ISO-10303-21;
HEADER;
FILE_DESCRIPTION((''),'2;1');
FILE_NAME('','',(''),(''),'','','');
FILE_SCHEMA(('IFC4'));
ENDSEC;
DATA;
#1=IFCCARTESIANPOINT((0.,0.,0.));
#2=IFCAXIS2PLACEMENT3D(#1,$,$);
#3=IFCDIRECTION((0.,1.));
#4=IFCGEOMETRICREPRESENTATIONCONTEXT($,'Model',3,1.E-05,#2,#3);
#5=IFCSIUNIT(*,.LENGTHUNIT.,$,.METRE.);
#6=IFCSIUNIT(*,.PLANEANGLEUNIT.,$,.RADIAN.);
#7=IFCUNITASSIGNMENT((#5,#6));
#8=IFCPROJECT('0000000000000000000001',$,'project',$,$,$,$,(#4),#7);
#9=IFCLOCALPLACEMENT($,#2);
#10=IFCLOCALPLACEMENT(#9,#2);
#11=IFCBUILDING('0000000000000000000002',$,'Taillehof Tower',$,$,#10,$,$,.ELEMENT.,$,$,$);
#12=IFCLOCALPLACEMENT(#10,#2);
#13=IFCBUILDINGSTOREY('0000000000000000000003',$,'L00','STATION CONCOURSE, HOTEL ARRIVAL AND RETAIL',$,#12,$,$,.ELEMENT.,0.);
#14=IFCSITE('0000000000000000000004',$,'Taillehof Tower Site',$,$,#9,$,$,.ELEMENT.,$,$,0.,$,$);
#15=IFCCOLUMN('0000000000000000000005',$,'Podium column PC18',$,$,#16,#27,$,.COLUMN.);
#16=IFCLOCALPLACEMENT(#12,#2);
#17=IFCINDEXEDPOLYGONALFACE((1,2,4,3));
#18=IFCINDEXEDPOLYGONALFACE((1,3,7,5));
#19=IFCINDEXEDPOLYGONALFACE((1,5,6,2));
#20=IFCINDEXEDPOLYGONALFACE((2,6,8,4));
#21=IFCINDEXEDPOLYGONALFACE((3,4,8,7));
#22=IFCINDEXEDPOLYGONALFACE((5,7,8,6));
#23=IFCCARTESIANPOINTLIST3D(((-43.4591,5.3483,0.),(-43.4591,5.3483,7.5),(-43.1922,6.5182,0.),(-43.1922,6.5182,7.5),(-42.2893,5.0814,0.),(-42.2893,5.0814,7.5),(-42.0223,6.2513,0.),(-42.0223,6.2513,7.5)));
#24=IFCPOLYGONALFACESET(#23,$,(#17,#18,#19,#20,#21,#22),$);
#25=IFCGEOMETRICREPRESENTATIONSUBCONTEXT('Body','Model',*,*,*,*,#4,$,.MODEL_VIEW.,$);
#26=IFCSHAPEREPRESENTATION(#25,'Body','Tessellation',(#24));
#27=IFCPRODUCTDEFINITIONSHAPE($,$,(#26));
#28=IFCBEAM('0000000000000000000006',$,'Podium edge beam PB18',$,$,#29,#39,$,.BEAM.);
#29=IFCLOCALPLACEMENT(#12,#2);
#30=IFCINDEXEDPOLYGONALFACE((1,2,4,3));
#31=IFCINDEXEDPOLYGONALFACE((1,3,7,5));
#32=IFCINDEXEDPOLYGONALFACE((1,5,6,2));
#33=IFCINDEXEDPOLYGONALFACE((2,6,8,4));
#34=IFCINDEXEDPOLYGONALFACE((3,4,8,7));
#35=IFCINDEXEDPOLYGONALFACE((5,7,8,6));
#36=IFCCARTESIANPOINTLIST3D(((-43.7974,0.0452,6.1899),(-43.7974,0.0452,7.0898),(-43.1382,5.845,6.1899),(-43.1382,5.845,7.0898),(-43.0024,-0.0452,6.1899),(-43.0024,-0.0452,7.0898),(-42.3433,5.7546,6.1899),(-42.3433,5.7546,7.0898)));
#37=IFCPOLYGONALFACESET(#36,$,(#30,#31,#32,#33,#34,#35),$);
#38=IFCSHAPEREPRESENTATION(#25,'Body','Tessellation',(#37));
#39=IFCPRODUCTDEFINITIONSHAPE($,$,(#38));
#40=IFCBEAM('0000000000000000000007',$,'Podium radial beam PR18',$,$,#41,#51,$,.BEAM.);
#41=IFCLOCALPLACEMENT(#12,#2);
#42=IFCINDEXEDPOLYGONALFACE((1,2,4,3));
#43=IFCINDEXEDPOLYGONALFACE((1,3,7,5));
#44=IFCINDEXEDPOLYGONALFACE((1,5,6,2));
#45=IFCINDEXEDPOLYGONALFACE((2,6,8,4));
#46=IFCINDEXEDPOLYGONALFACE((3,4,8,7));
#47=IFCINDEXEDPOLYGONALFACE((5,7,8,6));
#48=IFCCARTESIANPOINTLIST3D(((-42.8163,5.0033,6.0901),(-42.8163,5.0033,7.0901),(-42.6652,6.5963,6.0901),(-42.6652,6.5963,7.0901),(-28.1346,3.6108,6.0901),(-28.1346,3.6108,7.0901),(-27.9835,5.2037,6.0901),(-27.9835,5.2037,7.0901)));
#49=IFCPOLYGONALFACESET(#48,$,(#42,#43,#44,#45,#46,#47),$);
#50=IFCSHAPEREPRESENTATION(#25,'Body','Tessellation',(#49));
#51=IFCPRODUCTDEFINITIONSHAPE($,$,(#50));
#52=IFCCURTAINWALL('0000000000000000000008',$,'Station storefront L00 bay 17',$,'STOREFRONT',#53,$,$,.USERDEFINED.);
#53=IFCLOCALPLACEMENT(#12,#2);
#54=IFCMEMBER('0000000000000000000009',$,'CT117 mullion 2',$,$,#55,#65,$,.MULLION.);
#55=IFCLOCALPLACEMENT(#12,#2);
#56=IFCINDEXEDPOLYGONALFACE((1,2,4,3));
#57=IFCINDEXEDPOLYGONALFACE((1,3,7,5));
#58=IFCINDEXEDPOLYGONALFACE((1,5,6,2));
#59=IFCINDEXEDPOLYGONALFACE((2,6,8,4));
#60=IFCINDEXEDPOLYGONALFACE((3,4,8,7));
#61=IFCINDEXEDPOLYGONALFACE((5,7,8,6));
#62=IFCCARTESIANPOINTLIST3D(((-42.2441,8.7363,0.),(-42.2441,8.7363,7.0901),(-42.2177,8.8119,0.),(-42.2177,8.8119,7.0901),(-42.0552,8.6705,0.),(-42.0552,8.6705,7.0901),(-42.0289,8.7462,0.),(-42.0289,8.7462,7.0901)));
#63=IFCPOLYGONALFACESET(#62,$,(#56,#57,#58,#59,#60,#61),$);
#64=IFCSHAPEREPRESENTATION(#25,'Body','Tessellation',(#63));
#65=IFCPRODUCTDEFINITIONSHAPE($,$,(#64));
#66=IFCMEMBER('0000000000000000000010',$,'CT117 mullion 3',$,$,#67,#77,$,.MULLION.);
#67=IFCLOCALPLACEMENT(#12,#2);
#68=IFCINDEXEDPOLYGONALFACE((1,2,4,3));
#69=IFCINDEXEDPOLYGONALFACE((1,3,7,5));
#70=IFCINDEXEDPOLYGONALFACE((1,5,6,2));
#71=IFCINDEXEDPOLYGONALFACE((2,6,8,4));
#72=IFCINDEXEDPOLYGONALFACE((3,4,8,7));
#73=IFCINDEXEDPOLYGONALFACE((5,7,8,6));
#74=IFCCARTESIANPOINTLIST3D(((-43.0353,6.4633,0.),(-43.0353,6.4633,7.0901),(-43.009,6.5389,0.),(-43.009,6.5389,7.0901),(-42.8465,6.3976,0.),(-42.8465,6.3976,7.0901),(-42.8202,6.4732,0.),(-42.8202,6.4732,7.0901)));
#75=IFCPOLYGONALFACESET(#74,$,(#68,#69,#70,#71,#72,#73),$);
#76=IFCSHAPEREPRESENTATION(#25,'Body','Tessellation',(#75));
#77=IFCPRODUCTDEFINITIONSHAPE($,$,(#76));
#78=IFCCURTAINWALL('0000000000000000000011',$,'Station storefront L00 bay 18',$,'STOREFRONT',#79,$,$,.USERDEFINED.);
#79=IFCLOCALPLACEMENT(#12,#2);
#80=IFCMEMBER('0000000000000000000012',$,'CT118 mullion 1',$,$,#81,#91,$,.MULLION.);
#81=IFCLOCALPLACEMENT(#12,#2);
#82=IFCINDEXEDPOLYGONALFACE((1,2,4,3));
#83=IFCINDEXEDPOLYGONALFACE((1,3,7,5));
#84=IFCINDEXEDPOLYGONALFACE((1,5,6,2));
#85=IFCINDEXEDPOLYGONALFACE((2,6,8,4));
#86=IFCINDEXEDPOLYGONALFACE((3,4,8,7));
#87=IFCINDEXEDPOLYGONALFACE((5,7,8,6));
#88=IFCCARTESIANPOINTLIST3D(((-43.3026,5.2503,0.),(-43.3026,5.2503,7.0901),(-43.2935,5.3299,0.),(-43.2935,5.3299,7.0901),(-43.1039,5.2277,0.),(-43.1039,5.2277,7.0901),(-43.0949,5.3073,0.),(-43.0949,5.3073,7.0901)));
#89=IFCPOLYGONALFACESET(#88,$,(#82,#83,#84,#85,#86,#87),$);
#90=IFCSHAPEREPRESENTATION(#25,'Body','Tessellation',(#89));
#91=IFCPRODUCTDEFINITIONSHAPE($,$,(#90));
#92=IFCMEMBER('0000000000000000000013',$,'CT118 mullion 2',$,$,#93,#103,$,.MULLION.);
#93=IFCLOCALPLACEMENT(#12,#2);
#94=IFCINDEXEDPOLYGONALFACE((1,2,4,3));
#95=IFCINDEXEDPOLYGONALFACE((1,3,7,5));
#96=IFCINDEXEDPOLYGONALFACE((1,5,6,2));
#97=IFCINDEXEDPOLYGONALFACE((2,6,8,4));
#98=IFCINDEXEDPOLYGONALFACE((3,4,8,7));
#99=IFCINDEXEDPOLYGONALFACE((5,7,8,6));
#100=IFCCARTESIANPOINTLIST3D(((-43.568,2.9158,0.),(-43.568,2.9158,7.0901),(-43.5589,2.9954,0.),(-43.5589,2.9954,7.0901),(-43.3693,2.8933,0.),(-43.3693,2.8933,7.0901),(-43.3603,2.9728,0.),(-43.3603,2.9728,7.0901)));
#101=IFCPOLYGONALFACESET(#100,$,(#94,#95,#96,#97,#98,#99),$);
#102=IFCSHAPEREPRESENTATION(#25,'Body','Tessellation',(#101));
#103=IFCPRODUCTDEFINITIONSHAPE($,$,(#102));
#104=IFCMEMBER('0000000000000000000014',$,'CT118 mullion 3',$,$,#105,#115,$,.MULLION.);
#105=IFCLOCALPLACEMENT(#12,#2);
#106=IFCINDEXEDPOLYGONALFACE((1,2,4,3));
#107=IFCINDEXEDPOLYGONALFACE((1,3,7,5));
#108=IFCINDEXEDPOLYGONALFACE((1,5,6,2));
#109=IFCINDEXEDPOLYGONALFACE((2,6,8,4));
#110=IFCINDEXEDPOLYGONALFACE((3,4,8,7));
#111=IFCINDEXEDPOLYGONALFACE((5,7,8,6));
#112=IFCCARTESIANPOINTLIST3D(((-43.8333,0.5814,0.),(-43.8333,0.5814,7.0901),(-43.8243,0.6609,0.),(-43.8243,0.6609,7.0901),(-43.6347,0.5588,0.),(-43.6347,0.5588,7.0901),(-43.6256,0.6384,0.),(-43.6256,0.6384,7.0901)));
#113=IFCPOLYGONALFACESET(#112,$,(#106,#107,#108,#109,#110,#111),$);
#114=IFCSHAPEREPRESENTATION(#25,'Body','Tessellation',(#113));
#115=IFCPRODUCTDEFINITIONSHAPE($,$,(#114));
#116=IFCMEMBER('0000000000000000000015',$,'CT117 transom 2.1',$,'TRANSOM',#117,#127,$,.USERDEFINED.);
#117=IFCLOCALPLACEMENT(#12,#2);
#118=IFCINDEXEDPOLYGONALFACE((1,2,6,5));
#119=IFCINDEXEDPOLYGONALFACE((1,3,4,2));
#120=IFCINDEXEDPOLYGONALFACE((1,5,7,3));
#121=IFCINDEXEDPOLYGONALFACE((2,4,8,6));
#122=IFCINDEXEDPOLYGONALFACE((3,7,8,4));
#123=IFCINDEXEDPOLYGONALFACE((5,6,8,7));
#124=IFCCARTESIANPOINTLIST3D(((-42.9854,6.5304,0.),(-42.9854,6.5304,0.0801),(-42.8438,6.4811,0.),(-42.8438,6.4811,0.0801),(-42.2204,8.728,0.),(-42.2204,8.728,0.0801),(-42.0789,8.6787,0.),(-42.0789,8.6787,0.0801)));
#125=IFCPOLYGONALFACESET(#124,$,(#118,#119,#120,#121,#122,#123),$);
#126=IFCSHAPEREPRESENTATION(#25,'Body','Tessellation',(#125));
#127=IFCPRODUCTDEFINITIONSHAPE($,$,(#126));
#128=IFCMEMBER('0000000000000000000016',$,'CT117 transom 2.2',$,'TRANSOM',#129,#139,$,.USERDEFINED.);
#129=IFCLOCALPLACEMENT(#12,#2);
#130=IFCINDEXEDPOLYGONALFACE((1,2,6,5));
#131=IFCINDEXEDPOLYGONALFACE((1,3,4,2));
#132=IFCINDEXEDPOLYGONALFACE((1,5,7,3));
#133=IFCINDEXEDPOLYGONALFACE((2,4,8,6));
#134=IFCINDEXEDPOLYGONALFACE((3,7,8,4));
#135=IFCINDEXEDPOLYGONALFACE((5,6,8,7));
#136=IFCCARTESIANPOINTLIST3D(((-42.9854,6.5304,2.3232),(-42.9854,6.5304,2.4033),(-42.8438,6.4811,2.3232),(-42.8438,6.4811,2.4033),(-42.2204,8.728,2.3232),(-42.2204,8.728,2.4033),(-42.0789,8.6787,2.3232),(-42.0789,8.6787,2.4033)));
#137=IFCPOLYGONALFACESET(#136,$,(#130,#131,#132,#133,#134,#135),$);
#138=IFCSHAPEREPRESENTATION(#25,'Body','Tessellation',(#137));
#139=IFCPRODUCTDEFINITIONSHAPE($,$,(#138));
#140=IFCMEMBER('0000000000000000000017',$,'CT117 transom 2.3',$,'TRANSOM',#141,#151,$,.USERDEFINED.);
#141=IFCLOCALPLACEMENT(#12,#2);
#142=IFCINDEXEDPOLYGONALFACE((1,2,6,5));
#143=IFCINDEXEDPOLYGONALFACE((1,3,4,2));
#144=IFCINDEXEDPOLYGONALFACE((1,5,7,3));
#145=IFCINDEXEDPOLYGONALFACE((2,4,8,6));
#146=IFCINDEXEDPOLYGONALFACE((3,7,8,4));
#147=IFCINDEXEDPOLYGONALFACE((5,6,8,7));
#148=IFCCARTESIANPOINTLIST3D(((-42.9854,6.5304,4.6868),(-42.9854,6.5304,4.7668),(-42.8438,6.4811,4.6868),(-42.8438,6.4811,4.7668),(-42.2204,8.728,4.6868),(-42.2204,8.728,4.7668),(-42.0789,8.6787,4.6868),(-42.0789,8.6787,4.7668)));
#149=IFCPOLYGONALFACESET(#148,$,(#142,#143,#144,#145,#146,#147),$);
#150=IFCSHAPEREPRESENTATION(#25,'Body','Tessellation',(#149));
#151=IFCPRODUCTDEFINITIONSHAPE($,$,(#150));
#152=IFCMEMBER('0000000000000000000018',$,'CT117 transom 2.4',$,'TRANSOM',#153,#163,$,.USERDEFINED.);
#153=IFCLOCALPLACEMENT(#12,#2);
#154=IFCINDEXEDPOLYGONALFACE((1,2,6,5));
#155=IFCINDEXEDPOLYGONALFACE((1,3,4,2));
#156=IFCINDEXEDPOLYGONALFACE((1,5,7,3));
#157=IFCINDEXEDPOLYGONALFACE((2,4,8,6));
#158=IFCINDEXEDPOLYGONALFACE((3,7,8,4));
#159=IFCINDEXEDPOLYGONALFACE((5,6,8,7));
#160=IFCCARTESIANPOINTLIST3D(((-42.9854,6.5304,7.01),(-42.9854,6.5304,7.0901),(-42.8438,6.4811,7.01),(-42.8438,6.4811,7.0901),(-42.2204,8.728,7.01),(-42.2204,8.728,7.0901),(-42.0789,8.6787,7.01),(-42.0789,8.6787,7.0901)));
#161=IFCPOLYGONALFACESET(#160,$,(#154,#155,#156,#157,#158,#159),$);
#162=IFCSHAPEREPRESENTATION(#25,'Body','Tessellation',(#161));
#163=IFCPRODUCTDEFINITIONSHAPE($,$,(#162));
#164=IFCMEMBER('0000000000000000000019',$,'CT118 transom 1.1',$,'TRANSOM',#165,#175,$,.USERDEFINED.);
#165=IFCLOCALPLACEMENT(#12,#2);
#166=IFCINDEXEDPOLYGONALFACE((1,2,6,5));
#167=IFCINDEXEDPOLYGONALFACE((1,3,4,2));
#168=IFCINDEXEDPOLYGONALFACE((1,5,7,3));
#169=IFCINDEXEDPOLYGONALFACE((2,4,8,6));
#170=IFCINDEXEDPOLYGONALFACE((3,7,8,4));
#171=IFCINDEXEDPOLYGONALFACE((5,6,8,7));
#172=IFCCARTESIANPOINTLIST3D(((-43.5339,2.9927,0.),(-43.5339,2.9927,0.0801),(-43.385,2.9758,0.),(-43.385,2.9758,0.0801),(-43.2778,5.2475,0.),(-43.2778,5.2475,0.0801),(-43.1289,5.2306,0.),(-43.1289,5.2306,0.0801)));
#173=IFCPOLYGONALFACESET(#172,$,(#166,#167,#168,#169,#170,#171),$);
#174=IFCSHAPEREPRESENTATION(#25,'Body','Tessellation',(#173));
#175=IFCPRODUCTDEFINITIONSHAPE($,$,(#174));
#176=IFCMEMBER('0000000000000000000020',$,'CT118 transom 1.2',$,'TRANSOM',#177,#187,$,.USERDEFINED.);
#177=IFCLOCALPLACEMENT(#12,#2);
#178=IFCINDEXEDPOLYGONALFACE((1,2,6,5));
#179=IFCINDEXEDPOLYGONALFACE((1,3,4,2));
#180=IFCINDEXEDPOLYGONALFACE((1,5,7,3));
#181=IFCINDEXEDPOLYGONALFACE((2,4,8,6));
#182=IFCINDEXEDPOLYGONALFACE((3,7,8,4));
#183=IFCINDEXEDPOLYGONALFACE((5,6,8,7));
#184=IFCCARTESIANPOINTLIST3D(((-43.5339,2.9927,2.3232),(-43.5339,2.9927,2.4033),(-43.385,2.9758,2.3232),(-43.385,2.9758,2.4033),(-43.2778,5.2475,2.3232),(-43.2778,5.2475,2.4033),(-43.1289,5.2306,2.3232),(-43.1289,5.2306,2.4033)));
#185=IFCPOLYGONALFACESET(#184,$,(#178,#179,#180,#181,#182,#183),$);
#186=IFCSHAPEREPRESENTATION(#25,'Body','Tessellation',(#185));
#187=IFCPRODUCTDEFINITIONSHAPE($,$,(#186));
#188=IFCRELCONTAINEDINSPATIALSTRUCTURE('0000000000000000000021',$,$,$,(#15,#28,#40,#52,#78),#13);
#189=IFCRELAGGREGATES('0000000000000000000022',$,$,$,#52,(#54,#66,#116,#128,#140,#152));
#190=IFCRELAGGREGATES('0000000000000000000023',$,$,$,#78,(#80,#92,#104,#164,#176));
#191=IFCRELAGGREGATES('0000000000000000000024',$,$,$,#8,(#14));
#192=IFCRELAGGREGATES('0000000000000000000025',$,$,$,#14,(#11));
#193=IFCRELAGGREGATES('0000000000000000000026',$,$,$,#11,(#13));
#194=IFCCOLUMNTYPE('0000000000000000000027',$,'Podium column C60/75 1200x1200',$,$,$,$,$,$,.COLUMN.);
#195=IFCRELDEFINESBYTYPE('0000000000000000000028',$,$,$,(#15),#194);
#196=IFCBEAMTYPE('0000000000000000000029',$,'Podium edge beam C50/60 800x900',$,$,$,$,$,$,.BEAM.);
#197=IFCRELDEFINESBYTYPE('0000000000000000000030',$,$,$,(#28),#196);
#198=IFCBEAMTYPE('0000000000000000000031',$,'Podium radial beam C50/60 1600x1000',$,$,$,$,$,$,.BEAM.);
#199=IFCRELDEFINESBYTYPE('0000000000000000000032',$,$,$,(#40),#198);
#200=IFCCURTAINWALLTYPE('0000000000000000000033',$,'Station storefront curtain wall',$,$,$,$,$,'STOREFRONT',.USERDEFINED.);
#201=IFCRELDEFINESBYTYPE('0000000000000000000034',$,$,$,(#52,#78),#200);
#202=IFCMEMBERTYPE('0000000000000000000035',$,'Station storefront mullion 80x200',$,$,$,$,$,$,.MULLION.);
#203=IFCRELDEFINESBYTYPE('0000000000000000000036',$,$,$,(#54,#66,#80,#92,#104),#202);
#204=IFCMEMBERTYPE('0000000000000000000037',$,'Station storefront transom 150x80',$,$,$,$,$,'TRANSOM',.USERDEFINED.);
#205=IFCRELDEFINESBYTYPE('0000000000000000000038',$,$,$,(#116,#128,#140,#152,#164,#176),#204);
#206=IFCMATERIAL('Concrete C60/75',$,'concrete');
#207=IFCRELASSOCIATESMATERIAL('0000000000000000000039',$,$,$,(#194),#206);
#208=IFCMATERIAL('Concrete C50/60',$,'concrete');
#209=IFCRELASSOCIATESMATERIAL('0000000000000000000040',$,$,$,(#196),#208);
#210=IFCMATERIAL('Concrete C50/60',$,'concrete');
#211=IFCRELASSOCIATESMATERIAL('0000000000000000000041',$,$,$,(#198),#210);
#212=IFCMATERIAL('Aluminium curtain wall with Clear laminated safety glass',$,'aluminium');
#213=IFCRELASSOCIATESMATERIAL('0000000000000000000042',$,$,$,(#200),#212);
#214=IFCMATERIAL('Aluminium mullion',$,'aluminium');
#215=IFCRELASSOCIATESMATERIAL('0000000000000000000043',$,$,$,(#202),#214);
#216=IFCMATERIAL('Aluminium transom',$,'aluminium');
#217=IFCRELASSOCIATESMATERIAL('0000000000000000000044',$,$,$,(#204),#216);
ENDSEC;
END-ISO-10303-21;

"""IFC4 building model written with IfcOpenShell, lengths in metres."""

from ifc_helpers import new_model, si_unit, direction, frame, origin, origin_2d, place, context, subcontext, project, spatial, rectangle, extrude, material, material_profile, profile_set, type_object, element, aggregate, save


model = new_model("IFC4")

# Units and contexts
model_context = context("Model", 3, precision=1e-05, world=origin(), true_north=direction((0.0, 1.0)))
body_context = subcontext(model_context, "Body", "Model", "MODEL_VIEW")
ifc_project = project(units=[si_unit("LENGTHUNIT", "METRE"), si_unit("PLANEANGLEUNIT", "RADIAN")], contexts=[model_context])

# Site, building, storey
site_placement = place(None, origin())
site = spatial("IfcSite", under=ifc_project, at=site_placement, Name="Taillehof Tower Site", CompositionType="ELEMENT", RefElevation=0.0)
building_placement = place(site_placement, origin())
building = spatial("IfcBuilding", under=site, at=building_placement, Name="Taillehof Tower", CompositionType="ELEMENT")
storey_placement = place(building_placement, origin())
storey = spatial("IfcBuildingStorey", under=building, at=storey_placement, Name="L00", Description="STATION CONCOURSE, HOTEL ARRIVAL AND RETAIL", CompositionType="ELEMENT", Elevation=0.0)

# Column
ifc_material_1 = material(Name="Concrete C60/75", Category="concrete")
ifc_material_profile_1 = material_profile(ifc_material_1, rectangle(XDim=1.2, YDim=1.2, at=origin_2d()), Name="RC 1200x1200")
ifc_profile_set_1 = profile_set([ifc_material_profile_1], Name="Concrete C60/75")
column_type = type_object("IfcColumnType", Name="Podium column C60/75 1200x1200", PredefinedType="COLUMN", material=ifc_profile_set_1)
column_placement = place(storey_placement, frame((-42.7407, 5.7998, 0.0), z_axis=(0.0, 0.0, 1.0), x_axis=(-0.97494, 0.222469, 0.0)))
element("IfcColumn", 1, at=column_placement, inside=storey, type_object=column_type, Name="Podium column PC18", PredefinedType="COLUMN", context=body_context, shape_type="SweptSolid", body=[
    extrude(rectangle(XDim=1.2, YDim=1.2, at=origin_2d()), origin(), (0.0, 0.0, 1.0), 7.5),
])

# Beams
ifc_material_2 = material(Name="Concrete C50/60", Category="concrete")
ifc_material_profile_2 = material_profile(ifc_material_2, rectangle(XDim=0.8, YDim=0.8999, at=origin_2d()), Name="RC 800x900")
ifc_profile_set_2 = profile_set([ifc_material_profile_2], Name="Concrete C50/60")
beam_type_1 = type_object("IfcBeamType", Name="Podium edge beam C50/60 800x900", PredefinedType="BEAM", material=ifc_profile_set_2)
beam_1_placement = place(storey_placement, frame((-42.7407, 5.7998, 6.6399), z_axis=(-0.112928, -0.993603, 0.0), x_axis=(0.993603, -0.112928, 0.0)))
element("IfcBeam", 2, at=beam_1_placement, inside=storey, type_object=beam_type_1, Name="Podium edge beam PB18", PredefinedType="BEAM", context=body_context, shape_type="SweptSolid", body=[
    extrude(rectangle(XDim=0.8, YDim=0.8999, at=origin_2d()), origin(), (0.0, 0.0, 1.0), 5.8372),
])
ifc_material_3 = material(Name="Concrete C50/60", Category="concrete")
ifc_material_profile_3 = material_profile(ifc_material_3, rectangle(XDim=1.6001, YDim=1.0, at=origin_2d()), Name="RC 1600x1000")
ifc_profile_set_3 = profile_set([ifc_material_profile_3], Name="Concrete C50/60")
beam_type_2 = type_object("IfcBeamType", Name="Podium radial beam C50/60 1600x1000", PredefinedType="BEAM", material=ifc_profile_set_3)
beam_2_placement = place(storey_placement, frame((-42.7407, 5.7998, 6.5901), z_axis=(0.995532, -0.094428, 0.0), x_axis=(0.094428, 0.995532, 0.0)))
element("IfcBeam", 3, at=beam_2_placement, inside=storey, type_object=beam_type_2, Name="Podium radial beam PR18", PredefinedType="BEAM", context=body_context, shape_type="SweptSolid", body=[
    extrude(rectangle(XDim=1.6001, YDim=1.0, at=origin_2d()), origin(), (0.0, 0.0, 1.0), 14.7476),
])

# Curtain walls, members
ifc_material_4 = material(Name="Aluminium curtain wall with Clear laminated safety glass", Category="aluminium")
curtain_wall_type = type_object("IfcCurtainWallType", Name="Station storefront curtain wall", ElementType="STOREFRONT", PredefinedType="USERDEFINED", material=ifc_material_4)
curtain_wall_1_placement = place(storey_placement, origin())
curtain_wall_1 = element("IfcCurtainWall", 4, at=curtain_wall_1_placement, inside=storey, type_object=curtain_wall_type, Name="Station storefront L00 bay 17", ObjectType="STOREFRONT", PredefinedType="USERDEFINED")
ifc_material_5 = material(Name="Aluminium mullion", Category="aluminium")
ifc_material_profile_4 = material_profile(ifc_material_5, rectangle(XDim=0.2, YDim=0.0801, at=origin_2d()), Name="AL 80x200")
ifc_profile_set_4 = profile_set([ifc_material_profile_4], Name="Aluminium mullion")
member_type_1 = type_object("IfcMemberType", Name="Station storefront mullion 80x200", PredefinedType="MULLION", material=ifc_profile_set_4)
member_1_placement = place(storey_placement, frame((-42.1365, 8.7412, 0.0), z_axis=(0.0, 0.0, 1.0), x_axis=(0.944414, -0.328758, 0.0)))
member_1 = element("IfcMember", 5, at=member_1_placement, type_object=member_type_1, Name="CT117 mullion 2", PredefinedType="MULLION", context=body_context, shape_type="SweptSolid", body=[
    extrude(rectangle(XDim=0.2, YDim=0.0801, at=origin_2d()), origin(), (0.0, 0.0, 1.0), 7.0901),
])
member_2_placement = place(storey_placement, frame((-42.9277, 6.4683, 0.0), z_axis=(0.0, 0.0, 1.0), x_axis=(0.944414, -0.328758, 0.0)))
member_2 = element("IfcMember", 6, at=member_2_placement, type_object=member_type_1, Name="CT117 mullion 3", PredefinedType="MULLION", context=body_context, shape_type="SweptSolid", body=[
    extrude(rectangle(XDim=0.2, YDim=0.0801, at=origin_2d()), origin(), (0.0, 0.0, 1.0), 7.0901),
])
curtain_wall_2_placement = place(storey_placement, origin())
curtain_wall_2 = element("IfcCurtainWall", 7, at=curtain_wall_2_placement, inside=storey, type_object=curtain_wall_type, Name="Station storefront L00 bay 18", ObjectType="STOREFRONT", PredefinedType="USERDEFINED")
member_3_placement = place(storey_placement, frame((-43.1987, 5.2788, 0.0), z_axis=(0.0, 0.0, 1.0), x_axis=(0.993603, -0.112932, 0.0)))
member_3 = element("IfcMember", 8, at=member_3_placement, type_object=member_type_1, Name="CT118 mullion 1", PredefinedType="MULLION", context=body_context, shape_type="SweptSolid", body=[
    extrude(rectangle(XDim=0.2, YDim=0.0801, at=origin_2d()), origin(), (0.0, 0.0, 1.0), 7.0901),
])
member_4_placement = place(storey_placement, frame((-43.4641, 2.9443, 0.0), z_axis=(0.0, 0.0, 1.0), x_axis=(0.993603, -0.112932, 0.0)))
member_4 = element("IfcMember", 9, at=member_4_placement, type_object=member_type_1, Name="CT118 mullion 2", PredefinedType="MULLION", context=body_context, shape_type="SweptSolid", body=[
    extrude(rectangle(XDim=0.2, YDim=0.0801, at=origin_2d()), origin(), (0.0, 0.0, 1.0), 7.0901),
])
member_5_placement = place(storey_placement, frame((-43.7295, 0.6099, 0.0), z_axis=(0.0, 0.0, 1.0), x_axis=(0.993603, -0.112932, 0.0)))
member_5 = element("IfcMember", 10, at=member_5_placement, type_object=member_type_1, Name="CT118 mullion 3", PredefinedType="MULLION", context=body_context, shape_type="SweptSolid", body=[
    extrude(rectangle(XDim=0.2, YDim=0.0801, at=origin_2d()), origin(), (0.0, 0.0, 1.0), 7.0901),
])

# Members
ifc_material_6 = material(Name="Aluminium transom", Category="aluminium")
ifc_material_profile_5 = material_profile(ifc_material_6, rectangle(XDim=0.1499, YDim=0.0801, at=origin_2d()), Name="AL 150x80")
ifc_profile_set_5 = profile_set([ifc_material_profile_5], Name="Aluminium transom")
member_type_2 = type_object("IfcMemberType", Name="Station storefront transom 150x80", ElementType="TRANSOM", PredefinedType="USERDEFINED", material=ifc_profile_set_5)
member_6_placement = place(storey_placement, frame((-42.1497, 8.7034, 0.04), z_axis=(-0.328728, -0.944425, 0.0), x_axis=(0.944425, -0.328728, 0.0)))
member_6 = element("IfcMember", 11, at=member_6_placement, type_object=member_type_2, Name="CT117 transom 2.1", ObjectType="TRANSOM", PredefinedType="USERDEFINED", context=body_context, shape_type="SweptSolid", body=[
    extrude(rectangle(XDim=0.1499, YDim=0.0801, at=origin_2d()), origin(), (0.0, 0.0, 1.0), 2.3269),
])
member_7_placement = place(storey_placement, frame((-42.1497, 8.7034, 2.3633), z_axis=(-0.328728, -0.944425, 0.0), x_axis=(0.944425, -0.328728, 0.0)))
member_7 = element("IfcMember", 12, at=member_7_placement, type_object=member_type_2, Name="CT117 transom 2.2", ObjectType="TRANSOM", PredefinedType="USERDEFINED", context=body_context, shape_type="SweptSolid", body=[
    extrude(rectangle(XDim=0.1499, YDim=0.0801, at=origin_2d()), origin(), (0.0, 0.0, 1.0), 2.3269),
])
member_8_placement = place(storey_placement, frame((-42.1497, 8.7034, 4.7268), z_axis=(-0.328728, -0.944425, 0.0), x_axis=(0.944425, -0.328728, 0.0)))
member_8 = element("IfcMember", 13, at=member_8_placement, type_object=member_type_2, Name="CT117 transom 2.3", ObjectType="TRANSOM", PredefinedType="USERDEFINED", context=body_context, shape_type="SweptSolid", body=[
    extrude(rectangle(XDim=0.1499, YDim=0.0801, at=origin_2d()), origin(), (0.0, 0.0, 1.0), 2.3269),
])
member_9_placement = place(storey_placement, frame((-42.1497, 8.7034, 7.05), z_axis=(-0.328728, -0.944425, 0.0), x_axis=(0.944425, -0.328728, 0.0)))
member_9 = element("IfcMember", 14, at=member_9_placement, type_object=member_type_2, Name="CT117 transom 2.4", ObjectType="TRANSOM", PredefinedType="USERDEFINED", context=body_context, shape_type="SweptSolid", body=[
    extrude(rectangle(XDim=0.1499, YDim=0.0801, at=origin_2d()), origin(), (0.0, 0.0, 1.0), 2.3269),
])
member_10_placement = place(storey_placement, frame((-43.2034, 5.239, 0.04), z_axis=(-0.112852, -0.993612, 0.0), x_axis=(0.993612, -0.112852, 0.0)))
member_10 = element("IfcMember", 15, at=member_10_placement, type_object=member_type_2, Name="CT118 transom 1.1", ObjectType="TRANSOM", PredefinedType="USERDEFINED", context=body_context, shape_type="SweptSolid", body=[
    extrude(rectangle(XDim=0.1499, YDim=0.0801, at=origin_2d()), origin(), (0.0, 0.0, 1.0), 2.2693),
])
member_11_placement = place(storey_placement, frame((-43.2034, 5.239, 2.3633), z_axis=(-0.112852, -0.993612, 0.0), x_axis=(0.993612, -0.112852, 0.0)))
member_11 = element("IfcMember", 16, at=member_11_placement, type_object=member_type_2, Name="CT118 transom 1.2", ObjectType="TRANSOM", PredefinedType="USERDEFINED", context=body_context, shape_type="SweptSolid", body=[
    extrude(rectangle(XDim=0.1499, YDim=0.0801, at=origin_2d()), origin(), (0.0, 0.0, 1.0), 2.2693),
])

aggregate(curtain_wall_1, [member_1, member_2, member_6, member_7, member_8, member_9])
aggregate(curtain_wall_2, [member_3, member_4, member_5, member_10, member_11])

save(model, "model.ifc")
